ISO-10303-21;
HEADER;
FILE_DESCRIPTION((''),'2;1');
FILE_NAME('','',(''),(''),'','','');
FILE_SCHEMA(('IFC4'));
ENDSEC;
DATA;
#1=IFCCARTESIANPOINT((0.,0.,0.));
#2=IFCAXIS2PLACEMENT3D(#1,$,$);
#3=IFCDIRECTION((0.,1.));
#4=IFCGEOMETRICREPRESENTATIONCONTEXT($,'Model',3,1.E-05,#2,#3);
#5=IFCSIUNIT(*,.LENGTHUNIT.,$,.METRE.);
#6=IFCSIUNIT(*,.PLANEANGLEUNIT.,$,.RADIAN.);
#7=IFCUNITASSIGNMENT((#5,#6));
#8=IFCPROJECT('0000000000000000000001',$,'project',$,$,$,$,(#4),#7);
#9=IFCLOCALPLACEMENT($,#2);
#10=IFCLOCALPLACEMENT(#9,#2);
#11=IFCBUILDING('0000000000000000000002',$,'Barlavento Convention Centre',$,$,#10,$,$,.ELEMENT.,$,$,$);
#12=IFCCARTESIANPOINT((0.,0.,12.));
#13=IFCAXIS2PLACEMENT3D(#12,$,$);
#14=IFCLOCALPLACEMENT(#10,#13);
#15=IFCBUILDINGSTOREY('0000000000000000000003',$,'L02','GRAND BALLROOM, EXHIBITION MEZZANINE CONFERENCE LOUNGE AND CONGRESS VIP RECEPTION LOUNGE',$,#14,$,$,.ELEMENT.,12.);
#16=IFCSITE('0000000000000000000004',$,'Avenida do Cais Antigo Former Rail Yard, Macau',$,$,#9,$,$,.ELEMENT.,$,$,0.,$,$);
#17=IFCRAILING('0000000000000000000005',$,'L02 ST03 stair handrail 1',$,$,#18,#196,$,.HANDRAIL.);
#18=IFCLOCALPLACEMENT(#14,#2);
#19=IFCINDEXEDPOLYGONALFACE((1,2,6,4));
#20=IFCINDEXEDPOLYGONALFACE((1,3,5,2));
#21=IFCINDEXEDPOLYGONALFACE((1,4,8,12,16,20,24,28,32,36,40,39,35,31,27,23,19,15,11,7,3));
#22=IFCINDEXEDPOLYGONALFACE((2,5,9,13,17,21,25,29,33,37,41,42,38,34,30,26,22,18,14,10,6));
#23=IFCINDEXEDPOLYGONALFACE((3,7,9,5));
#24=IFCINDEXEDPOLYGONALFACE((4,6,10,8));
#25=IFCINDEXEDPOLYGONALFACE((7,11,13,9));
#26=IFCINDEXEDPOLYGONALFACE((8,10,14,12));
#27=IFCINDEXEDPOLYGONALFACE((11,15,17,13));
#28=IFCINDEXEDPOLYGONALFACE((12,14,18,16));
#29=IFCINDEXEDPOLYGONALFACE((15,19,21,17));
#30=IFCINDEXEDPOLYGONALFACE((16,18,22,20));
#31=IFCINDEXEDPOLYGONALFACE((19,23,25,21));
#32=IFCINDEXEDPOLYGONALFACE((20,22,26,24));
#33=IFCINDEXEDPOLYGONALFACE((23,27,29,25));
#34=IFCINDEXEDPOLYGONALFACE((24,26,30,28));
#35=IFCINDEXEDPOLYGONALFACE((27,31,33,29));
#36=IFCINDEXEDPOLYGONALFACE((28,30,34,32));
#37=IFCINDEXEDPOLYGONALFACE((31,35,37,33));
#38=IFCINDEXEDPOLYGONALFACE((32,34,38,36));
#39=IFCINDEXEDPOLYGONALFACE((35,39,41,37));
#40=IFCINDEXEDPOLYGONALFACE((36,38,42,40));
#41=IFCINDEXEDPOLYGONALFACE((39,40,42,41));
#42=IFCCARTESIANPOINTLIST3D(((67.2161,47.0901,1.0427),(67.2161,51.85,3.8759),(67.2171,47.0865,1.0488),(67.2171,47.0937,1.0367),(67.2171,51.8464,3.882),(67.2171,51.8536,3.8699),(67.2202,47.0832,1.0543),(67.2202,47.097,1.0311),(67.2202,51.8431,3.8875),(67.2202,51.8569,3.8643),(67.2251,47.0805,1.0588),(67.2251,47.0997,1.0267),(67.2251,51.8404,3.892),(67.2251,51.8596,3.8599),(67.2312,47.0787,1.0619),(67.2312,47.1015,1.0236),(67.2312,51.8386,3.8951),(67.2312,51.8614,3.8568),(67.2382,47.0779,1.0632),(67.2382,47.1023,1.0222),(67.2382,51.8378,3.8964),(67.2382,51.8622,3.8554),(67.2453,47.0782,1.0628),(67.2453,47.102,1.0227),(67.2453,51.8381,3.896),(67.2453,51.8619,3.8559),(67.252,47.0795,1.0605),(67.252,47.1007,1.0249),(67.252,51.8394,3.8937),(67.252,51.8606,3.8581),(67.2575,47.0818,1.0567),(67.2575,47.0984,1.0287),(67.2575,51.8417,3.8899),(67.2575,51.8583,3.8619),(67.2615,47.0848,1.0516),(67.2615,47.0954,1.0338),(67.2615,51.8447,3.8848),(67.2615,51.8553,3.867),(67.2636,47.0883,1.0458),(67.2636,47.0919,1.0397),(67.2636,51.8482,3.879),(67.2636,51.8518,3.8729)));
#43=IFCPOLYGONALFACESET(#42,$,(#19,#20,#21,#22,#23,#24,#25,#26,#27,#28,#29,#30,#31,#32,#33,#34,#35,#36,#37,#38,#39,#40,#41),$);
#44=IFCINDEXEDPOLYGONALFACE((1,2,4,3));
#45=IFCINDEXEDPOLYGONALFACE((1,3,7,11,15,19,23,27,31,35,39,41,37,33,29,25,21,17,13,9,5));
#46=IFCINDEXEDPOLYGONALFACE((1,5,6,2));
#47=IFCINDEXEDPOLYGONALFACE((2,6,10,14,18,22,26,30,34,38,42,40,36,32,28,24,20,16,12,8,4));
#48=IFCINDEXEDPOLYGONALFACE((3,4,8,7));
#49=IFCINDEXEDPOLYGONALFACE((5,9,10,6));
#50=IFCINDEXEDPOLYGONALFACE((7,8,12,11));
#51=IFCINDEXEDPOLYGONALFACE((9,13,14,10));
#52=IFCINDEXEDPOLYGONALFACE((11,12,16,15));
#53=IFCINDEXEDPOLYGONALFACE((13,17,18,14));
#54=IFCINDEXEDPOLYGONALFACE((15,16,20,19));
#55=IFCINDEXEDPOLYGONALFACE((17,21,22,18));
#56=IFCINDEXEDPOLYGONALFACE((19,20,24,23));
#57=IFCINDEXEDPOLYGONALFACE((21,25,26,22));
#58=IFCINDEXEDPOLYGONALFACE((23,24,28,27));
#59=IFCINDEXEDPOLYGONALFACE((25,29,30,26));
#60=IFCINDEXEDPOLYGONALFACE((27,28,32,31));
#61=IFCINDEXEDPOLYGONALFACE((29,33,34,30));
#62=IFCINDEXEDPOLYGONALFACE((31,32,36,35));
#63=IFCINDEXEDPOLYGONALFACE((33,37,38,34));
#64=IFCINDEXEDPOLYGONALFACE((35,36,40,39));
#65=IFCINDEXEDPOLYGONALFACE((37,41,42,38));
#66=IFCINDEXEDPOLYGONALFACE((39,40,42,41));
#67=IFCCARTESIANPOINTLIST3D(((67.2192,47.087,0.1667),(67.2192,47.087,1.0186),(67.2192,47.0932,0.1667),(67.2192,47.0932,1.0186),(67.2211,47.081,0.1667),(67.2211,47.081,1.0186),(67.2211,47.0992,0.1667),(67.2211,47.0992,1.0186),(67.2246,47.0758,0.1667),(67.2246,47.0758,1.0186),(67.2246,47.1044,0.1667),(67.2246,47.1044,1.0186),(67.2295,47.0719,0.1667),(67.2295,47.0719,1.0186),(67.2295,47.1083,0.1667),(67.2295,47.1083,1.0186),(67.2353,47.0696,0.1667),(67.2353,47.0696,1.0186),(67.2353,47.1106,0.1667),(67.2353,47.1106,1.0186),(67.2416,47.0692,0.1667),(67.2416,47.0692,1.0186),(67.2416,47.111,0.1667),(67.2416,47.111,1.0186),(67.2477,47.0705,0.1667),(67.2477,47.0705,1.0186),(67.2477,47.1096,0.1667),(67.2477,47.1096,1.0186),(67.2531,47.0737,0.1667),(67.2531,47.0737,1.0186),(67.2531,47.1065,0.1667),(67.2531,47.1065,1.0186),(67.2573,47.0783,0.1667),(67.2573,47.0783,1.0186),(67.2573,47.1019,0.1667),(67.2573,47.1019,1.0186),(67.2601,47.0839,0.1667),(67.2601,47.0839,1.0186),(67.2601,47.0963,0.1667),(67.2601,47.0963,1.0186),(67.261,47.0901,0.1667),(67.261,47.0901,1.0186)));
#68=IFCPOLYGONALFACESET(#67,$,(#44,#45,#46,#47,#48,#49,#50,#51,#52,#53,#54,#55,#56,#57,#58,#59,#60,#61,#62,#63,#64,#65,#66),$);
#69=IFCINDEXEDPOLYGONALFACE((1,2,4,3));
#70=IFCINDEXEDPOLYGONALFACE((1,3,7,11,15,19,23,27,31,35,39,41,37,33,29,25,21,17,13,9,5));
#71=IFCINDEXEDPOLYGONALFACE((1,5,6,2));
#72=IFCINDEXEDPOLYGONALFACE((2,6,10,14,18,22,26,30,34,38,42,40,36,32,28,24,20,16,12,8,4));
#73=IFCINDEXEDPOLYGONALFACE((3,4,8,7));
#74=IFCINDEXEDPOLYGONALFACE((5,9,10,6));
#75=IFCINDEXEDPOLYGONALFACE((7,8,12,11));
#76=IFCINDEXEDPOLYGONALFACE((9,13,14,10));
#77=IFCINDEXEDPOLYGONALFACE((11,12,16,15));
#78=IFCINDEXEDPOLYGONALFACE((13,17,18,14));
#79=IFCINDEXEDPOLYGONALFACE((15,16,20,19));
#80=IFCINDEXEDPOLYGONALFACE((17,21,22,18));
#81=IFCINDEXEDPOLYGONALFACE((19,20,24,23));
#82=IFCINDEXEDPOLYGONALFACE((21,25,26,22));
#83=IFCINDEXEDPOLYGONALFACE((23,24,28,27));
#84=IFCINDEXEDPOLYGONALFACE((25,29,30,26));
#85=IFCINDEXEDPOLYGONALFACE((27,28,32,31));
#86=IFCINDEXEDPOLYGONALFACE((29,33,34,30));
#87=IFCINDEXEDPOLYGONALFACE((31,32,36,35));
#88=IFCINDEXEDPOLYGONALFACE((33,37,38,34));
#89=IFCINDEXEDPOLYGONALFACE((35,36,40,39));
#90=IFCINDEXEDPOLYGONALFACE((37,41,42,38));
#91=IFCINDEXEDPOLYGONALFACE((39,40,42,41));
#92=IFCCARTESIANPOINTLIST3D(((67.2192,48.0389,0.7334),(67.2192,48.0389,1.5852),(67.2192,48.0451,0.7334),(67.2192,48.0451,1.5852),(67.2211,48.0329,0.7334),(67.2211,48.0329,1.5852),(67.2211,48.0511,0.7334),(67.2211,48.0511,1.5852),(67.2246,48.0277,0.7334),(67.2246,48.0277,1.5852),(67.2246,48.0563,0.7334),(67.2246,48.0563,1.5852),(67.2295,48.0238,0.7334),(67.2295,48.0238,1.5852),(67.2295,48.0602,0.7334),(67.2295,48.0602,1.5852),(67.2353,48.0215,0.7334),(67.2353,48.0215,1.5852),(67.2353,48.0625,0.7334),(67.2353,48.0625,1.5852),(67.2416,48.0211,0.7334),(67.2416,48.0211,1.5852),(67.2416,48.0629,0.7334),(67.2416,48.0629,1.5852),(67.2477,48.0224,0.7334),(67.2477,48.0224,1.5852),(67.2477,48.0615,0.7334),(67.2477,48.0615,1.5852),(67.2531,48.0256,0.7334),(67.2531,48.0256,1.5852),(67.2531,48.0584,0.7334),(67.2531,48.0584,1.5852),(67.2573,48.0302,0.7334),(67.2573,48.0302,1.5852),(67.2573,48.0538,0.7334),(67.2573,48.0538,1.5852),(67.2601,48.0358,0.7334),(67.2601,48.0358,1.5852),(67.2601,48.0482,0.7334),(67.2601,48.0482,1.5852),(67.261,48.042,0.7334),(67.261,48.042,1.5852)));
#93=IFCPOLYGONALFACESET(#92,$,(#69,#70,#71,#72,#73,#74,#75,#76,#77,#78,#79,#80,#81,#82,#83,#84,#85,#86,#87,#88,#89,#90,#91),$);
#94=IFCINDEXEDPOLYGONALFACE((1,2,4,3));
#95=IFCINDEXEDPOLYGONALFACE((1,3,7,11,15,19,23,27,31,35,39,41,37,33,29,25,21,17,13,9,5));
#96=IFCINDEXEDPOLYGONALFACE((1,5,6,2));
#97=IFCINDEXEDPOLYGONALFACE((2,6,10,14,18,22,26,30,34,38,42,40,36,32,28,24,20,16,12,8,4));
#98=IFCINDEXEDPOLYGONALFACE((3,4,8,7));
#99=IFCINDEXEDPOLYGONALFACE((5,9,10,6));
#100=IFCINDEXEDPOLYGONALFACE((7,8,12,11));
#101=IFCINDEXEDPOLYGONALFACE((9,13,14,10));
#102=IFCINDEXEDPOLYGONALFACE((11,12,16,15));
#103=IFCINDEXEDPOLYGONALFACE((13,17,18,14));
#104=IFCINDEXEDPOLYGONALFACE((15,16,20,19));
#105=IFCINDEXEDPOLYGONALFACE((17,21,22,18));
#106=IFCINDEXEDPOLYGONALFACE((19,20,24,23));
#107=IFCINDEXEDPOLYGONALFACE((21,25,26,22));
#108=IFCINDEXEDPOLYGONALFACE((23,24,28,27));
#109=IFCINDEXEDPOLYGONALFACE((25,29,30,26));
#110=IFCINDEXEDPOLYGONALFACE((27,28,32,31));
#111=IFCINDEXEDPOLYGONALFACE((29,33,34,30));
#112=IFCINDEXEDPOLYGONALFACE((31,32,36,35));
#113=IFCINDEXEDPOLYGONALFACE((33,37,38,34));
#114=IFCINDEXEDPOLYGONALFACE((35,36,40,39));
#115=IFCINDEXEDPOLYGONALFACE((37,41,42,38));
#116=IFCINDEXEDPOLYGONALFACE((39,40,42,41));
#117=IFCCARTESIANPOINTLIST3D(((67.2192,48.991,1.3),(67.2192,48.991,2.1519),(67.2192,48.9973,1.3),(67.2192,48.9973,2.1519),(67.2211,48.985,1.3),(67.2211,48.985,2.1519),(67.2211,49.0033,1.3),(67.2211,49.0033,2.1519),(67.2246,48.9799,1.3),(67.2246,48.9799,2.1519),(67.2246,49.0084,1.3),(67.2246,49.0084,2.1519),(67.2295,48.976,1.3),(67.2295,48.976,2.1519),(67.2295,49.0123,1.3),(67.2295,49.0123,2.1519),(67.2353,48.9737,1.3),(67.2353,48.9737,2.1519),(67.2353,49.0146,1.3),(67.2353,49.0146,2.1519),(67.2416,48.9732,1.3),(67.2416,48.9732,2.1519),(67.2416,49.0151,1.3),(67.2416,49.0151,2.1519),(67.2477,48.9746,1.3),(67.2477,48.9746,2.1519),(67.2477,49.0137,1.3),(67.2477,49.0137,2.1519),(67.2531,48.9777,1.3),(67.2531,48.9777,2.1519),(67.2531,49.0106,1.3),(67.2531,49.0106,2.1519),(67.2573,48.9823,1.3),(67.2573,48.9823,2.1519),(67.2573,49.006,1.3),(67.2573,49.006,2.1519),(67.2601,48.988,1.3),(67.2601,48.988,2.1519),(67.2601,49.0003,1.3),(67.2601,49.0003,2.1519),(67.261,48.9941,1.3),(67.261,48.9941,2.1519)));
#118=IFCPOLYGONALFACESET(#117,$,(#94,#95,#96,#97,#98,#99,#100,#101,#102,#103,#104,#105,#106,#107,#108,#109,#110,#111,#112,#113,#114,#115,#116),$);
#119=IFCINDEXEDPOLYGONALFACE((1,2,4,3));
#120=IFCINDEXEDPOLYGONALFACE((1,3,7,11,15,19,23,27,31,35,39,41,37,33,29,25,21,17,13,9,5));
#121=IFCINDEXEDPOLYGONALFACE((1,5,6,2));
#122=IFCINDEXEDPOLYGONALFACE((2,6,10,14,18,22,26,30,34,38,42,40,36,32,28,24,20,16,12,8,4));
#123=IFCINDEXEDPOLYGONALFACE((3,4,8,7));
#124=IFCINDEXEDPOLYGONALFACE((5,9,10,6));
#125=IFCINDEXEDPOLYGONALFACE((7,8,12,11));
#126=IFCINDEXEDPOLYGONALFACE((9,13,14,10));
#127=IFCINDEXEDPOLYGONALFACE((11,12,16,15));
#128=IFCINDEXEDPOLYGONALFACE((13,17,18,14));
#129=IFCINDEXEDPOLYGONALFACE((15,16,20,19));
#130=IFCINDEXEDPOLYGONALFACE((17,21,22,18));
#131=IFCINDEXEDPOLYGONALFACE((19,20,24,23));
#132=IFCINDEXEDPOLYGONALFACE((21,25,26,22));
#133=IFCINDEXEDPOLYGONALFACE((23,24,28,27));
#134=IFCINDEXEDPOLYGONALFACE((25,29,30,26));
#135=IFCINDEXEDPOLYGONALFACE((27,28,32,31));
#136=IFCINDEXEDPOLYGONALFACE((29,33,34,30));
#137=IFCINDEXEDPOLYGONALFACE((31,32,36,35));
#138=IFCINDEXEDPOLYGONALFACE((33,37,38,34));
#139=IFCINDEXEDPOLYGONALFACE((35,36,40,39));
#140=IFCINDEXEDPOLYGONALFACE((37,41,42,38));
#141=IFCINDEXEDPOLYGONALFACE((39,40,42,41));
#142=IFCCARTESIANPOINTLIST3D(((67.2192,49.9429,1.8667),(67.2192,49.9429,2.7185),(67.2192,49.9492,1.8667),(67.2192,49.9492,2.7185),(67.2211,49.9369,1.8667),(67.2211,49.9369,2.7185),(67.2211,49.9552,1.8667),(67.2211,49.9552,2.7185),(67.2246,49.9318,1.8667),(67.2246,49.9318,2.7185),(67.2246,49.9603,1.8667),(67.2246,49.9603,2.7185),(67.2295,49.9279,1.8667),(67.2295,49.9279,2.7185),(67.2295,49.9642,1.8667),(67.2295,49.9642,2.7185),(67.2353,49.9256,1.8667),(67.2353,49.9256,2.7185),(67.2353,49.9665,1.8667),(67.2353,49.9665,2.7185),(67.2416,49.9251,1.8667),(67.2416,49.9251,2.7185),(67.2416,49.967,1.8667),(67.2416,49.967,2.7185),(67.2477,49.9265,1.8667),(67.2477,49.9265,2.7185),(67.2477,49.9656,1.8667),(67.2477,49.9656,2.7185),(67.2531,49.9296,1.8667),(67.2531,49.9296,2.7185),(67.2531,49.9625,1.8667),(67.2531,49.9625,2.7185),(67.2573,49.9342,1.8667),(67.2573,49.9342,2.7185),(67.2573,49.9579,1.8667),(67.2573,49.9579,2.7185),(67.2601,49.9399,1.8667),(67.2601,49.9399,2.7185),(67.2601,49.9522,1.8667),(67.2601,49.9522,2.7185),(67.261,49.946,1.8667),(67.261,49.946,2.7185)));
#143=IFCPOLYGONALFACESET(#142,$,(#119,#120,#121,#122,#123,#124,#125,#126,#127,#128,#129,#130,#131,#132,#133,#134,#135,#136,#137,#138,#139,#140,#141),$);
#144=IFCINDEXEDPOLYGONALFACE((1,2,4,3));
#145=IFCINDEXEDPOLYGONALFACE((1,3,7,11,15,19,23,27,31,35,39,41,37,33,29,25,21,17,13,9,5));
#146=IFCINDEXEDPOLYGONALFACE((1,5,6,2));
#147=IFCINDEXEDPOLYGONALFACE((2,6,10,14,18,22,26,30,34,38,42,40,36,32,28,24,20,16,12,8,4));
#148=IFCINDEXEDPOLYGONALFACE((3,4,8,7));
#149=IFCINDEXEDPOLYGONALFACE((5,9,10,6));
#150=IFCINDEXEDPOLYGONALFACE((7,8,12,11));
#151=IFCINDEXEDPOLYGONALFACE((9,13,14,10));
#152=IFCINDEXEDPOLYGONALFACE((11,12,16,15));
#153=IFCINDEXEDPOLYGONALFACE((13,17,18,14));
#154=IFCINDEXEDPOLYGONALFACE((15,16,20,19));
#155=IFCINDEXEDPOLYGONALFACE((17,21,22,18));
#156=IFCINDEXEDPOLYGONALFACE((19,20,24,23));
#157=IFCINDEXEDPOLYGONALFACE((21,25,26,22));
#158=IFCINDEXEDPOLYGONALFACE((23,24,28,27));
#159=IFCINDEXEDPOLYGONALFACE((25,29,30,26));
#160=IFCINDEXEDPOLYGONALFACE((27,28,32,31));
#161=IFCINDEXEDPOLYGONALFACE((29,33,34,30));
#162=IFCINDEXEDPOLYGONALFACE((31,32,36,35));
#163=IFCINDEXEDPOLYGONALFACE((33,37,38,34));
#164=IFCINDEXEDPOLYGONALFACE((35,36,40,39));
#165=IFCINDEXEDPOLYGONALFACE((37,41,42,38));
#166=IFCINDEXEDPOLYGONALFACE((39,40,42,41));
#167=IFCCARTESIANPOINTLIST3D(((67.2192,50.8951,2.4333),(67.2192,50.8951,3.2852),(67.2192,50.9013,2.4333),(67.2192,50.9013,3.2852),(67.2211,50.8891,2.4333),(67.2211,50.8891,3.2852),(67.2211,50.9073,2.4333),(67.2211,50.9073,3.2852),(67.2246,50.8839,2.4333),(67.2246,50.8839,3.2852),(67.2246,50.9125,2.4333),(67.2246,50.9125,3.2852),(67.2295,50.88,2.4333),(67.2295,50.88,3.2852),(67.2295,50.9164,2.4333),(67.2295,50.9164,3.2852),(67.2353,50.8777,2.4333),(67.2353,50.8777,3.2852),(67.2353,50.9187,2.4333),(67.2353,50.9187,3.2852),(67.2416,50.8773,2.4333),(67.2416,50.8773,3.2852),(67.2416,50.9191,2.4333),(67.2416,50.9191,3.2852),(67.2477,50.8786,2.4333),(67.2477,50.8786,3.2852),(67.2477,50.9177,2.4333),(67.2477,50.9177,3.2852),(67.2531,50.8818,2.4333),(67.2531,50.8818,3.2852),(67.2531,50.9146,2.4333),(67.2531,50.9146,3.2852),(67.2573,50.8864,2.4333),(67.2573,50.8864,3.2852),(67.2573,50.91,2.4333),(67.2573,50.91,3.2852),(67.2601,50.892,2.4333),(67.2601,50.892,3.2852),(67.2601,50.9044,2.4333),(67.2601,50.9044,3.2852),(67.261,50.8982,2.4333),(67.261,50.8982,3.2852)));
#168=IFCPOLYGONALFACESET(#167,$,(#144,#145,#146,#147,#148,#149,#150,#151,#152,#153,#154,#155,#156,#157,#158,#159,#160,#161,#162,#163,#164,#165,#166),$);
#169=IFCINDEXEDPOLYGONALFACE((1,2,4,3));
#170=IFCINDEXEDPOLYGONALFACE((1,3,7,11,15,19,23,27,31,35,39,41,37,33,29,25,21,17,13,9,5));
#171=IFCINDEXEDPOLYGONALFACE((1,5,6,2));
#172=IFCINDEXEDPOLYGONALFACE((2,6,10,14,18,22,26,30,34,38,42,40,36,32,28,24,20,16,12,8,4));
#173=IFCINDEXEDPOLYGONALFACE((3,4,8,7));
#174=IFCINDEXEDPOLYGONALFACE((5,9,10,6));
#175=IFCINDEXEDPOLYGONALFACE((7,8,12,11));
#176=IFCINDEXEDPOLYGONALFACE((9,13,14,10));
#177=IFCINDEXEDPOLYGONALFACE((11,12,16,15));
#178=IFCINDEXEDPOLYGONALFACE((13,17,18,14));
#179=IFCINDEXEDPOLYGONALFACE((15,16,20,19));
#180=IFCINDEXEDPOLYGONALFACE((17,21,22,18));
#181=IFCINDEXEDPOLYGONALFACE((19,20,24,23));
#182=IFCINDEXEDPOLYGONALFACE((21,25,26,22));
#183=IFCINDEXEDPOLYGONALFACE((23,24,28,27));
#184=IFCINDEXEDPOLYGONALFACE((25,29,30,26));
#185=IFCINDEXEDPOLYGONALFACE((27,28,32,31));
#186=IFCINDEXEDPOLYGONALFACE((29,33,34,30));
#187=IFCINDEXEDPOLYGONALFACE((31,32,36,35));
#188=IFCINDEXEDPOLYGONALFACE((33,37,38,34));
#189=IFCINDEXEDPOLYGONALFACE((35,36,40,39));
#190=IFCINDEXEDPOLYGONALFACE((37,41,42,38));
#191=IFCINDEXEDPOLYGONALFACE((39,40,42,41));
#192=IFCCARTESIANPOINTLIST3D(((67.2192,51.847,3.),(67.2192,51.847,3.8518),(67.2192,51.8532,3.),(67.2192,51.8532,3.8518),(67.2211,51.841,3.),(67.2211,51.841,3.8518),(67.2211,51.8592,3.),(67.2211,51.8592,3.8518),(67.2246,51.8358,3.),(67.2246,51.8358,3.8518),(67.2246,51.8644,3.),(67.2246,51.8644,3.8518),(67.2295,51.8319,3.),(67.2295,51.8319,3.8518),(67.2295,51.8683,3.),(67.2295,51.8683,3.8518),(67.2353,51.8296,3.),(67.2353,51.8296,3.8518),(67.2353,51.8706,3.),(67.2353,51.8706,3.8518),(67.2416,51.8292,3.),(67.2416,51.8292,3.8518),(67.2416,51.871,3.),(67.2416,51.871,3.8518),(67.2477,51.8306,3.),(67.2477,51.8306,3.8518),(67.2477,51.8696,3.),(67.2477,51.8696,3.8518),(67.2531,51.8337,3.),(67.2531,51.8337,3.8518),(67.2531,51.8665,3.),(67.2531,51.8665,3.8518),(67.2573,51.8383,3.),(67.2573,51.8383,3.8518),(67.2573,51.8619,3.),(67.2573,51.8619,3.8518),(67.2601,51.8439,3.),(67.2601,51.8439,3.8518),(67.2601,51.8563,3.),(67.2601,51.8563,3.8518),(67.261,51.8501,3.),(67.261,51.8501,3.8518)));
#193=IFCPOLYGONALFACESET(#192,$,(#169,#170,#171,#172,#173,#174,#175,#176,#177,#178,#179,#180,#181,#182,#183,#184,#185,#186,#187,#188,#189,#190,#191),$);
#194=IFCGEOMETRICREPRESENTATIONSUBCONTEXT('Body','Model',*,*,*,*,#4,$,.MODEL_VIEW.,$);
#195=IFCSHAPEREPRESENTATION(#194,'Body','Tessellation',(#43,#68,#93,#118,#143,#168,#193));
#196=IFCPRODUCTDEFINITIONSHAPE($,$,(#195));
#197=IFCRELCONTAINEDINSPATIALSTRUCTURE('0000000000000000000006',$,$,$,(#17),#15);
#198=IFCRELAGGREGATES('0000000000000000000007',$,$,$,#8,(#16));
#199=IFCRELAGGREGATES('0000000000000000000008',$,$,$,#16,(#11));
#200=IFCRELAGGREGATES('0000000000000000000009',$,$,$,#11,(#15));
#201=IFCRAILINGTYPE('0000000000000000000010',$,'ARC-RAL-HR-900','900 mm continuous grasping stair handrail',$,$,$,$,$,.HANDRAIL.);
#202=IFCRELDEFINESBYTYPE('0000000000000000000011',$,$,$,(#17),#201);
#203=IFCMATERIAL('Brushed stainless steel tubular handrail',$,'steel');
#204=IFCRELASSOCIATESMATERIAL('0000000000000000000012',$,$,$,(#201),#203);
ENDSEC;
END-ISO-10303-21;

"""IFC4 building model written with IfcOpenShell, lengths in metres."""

from ifc_helpers import new_model, si_unit, direction, frame, origin, origin_2d, place, context, subcontext, project, spatial, circle, extrude, material, type_object, element, save


model = new_model("IFC4")

# Units and contexts
model_context = context("Model", 3, precision=1e-05, world=origin(), true_north=direction((0.0, 1.0)))
body_context = subcontext(model_context, "Body", "Model", "MODEL_VIEW")
ifc_project = project(units=[si_unit("LENGTHUNIT", "METRE"), si_unit("PLANEANGLEUNIT", "RADIAN")], contexts=[model_context])

# Site, building, storey
site_placement = place(None, origin())
site = spatial("IfcSite", under=ifc_project, at=site_placement, Name="Avenida do Cais Antigo Former Rail Yard, Macau", CompositionType="ELEMENT", RefElevation=0.0)
building_placement = place(site_placement, origin())
building = spatial("IfcBuilding", under=site, at=building_placement, Name="Barlavento Convention Centre", CompositionType="ELEMENT")
storey_placement = place(building_placement, frame((0.0, 0.0, 12.0)))
storey = spatial("IfcBuildingStorey", under=building, at=storey_placement, Name="L02", Description="GRAND BALLROOM, EXHIBITION MEZZANINE CONFERENCE LOUNGE AND CONGRESS VIP RECEPTION LOUNGE", CompositionType="ELEMENT", Elevation=12.0)

# Railing
ifc_material_1 = material(Name="Brushed stainless steel tubular handrail", Category="steel")
railing_type_1 = type_object("IfcRailingType", Name="ARC-RAL-HR-900", Description="900 mm continuous grasping stair handrail", PredefinedType="HANDRAIL", material=ifc_material_1)
railing_1_placement = place(storey_placement, frame((67.24, 47.0901, 0.1667)))
element("IfcRailing", 1, at=railing_1_placement, inside=storey, type_object=railing_type_1, Name="L02 ST03 stair handrail 1", PredefinedType="HANDRAIL", context=body_context, shape_type="SweptSolid", body=[
    extrude(circle(Radius=0.0239, at=origin_2d()), frame((0.0, 0.0, 0.876), z_axis=(0.0, 0.8593, 0.511472), x_axis=(-1.0, 0.0, 0.0)), (0.0, 0.0, 1.0), 5.5393),
    extrude(circle(Radius=0.021, at=origin_2d()), origin(), (0.0, 0.0, 1.0), 0.8518),
    extrude(circle(Radius=0.021, at=origin_2d()), frame((0.0, 0.9519, 0.5667)), (0.0, 0.0, 1.0), 0.8518),
    extrude(circle(Radius=0.021, at=origin_2d()), frame((0.0, 1.9041, 1.1333)), (0.0, 0.0, 1.0), 0.8518),
    extrude(circle(Radius=0.021, at=origin_2d()), frame((0.0, 2.856, 1.7)), (0.0, 0.0, 1.0), 0.8518),
    extrude(circle(Radius=0.021, at=origin_2d()), frame((0.0, 3.8081, 2.2666)), (0.0, 0.0, 1.0), 0.8518),
    extrude(circle(Radius=0.021, at=origin_2d()), frame((0.0, 4.76, 2.8333)), (0.0, 0.0, 1.0), 0.8518),
])

save(model, "model.ifc")
